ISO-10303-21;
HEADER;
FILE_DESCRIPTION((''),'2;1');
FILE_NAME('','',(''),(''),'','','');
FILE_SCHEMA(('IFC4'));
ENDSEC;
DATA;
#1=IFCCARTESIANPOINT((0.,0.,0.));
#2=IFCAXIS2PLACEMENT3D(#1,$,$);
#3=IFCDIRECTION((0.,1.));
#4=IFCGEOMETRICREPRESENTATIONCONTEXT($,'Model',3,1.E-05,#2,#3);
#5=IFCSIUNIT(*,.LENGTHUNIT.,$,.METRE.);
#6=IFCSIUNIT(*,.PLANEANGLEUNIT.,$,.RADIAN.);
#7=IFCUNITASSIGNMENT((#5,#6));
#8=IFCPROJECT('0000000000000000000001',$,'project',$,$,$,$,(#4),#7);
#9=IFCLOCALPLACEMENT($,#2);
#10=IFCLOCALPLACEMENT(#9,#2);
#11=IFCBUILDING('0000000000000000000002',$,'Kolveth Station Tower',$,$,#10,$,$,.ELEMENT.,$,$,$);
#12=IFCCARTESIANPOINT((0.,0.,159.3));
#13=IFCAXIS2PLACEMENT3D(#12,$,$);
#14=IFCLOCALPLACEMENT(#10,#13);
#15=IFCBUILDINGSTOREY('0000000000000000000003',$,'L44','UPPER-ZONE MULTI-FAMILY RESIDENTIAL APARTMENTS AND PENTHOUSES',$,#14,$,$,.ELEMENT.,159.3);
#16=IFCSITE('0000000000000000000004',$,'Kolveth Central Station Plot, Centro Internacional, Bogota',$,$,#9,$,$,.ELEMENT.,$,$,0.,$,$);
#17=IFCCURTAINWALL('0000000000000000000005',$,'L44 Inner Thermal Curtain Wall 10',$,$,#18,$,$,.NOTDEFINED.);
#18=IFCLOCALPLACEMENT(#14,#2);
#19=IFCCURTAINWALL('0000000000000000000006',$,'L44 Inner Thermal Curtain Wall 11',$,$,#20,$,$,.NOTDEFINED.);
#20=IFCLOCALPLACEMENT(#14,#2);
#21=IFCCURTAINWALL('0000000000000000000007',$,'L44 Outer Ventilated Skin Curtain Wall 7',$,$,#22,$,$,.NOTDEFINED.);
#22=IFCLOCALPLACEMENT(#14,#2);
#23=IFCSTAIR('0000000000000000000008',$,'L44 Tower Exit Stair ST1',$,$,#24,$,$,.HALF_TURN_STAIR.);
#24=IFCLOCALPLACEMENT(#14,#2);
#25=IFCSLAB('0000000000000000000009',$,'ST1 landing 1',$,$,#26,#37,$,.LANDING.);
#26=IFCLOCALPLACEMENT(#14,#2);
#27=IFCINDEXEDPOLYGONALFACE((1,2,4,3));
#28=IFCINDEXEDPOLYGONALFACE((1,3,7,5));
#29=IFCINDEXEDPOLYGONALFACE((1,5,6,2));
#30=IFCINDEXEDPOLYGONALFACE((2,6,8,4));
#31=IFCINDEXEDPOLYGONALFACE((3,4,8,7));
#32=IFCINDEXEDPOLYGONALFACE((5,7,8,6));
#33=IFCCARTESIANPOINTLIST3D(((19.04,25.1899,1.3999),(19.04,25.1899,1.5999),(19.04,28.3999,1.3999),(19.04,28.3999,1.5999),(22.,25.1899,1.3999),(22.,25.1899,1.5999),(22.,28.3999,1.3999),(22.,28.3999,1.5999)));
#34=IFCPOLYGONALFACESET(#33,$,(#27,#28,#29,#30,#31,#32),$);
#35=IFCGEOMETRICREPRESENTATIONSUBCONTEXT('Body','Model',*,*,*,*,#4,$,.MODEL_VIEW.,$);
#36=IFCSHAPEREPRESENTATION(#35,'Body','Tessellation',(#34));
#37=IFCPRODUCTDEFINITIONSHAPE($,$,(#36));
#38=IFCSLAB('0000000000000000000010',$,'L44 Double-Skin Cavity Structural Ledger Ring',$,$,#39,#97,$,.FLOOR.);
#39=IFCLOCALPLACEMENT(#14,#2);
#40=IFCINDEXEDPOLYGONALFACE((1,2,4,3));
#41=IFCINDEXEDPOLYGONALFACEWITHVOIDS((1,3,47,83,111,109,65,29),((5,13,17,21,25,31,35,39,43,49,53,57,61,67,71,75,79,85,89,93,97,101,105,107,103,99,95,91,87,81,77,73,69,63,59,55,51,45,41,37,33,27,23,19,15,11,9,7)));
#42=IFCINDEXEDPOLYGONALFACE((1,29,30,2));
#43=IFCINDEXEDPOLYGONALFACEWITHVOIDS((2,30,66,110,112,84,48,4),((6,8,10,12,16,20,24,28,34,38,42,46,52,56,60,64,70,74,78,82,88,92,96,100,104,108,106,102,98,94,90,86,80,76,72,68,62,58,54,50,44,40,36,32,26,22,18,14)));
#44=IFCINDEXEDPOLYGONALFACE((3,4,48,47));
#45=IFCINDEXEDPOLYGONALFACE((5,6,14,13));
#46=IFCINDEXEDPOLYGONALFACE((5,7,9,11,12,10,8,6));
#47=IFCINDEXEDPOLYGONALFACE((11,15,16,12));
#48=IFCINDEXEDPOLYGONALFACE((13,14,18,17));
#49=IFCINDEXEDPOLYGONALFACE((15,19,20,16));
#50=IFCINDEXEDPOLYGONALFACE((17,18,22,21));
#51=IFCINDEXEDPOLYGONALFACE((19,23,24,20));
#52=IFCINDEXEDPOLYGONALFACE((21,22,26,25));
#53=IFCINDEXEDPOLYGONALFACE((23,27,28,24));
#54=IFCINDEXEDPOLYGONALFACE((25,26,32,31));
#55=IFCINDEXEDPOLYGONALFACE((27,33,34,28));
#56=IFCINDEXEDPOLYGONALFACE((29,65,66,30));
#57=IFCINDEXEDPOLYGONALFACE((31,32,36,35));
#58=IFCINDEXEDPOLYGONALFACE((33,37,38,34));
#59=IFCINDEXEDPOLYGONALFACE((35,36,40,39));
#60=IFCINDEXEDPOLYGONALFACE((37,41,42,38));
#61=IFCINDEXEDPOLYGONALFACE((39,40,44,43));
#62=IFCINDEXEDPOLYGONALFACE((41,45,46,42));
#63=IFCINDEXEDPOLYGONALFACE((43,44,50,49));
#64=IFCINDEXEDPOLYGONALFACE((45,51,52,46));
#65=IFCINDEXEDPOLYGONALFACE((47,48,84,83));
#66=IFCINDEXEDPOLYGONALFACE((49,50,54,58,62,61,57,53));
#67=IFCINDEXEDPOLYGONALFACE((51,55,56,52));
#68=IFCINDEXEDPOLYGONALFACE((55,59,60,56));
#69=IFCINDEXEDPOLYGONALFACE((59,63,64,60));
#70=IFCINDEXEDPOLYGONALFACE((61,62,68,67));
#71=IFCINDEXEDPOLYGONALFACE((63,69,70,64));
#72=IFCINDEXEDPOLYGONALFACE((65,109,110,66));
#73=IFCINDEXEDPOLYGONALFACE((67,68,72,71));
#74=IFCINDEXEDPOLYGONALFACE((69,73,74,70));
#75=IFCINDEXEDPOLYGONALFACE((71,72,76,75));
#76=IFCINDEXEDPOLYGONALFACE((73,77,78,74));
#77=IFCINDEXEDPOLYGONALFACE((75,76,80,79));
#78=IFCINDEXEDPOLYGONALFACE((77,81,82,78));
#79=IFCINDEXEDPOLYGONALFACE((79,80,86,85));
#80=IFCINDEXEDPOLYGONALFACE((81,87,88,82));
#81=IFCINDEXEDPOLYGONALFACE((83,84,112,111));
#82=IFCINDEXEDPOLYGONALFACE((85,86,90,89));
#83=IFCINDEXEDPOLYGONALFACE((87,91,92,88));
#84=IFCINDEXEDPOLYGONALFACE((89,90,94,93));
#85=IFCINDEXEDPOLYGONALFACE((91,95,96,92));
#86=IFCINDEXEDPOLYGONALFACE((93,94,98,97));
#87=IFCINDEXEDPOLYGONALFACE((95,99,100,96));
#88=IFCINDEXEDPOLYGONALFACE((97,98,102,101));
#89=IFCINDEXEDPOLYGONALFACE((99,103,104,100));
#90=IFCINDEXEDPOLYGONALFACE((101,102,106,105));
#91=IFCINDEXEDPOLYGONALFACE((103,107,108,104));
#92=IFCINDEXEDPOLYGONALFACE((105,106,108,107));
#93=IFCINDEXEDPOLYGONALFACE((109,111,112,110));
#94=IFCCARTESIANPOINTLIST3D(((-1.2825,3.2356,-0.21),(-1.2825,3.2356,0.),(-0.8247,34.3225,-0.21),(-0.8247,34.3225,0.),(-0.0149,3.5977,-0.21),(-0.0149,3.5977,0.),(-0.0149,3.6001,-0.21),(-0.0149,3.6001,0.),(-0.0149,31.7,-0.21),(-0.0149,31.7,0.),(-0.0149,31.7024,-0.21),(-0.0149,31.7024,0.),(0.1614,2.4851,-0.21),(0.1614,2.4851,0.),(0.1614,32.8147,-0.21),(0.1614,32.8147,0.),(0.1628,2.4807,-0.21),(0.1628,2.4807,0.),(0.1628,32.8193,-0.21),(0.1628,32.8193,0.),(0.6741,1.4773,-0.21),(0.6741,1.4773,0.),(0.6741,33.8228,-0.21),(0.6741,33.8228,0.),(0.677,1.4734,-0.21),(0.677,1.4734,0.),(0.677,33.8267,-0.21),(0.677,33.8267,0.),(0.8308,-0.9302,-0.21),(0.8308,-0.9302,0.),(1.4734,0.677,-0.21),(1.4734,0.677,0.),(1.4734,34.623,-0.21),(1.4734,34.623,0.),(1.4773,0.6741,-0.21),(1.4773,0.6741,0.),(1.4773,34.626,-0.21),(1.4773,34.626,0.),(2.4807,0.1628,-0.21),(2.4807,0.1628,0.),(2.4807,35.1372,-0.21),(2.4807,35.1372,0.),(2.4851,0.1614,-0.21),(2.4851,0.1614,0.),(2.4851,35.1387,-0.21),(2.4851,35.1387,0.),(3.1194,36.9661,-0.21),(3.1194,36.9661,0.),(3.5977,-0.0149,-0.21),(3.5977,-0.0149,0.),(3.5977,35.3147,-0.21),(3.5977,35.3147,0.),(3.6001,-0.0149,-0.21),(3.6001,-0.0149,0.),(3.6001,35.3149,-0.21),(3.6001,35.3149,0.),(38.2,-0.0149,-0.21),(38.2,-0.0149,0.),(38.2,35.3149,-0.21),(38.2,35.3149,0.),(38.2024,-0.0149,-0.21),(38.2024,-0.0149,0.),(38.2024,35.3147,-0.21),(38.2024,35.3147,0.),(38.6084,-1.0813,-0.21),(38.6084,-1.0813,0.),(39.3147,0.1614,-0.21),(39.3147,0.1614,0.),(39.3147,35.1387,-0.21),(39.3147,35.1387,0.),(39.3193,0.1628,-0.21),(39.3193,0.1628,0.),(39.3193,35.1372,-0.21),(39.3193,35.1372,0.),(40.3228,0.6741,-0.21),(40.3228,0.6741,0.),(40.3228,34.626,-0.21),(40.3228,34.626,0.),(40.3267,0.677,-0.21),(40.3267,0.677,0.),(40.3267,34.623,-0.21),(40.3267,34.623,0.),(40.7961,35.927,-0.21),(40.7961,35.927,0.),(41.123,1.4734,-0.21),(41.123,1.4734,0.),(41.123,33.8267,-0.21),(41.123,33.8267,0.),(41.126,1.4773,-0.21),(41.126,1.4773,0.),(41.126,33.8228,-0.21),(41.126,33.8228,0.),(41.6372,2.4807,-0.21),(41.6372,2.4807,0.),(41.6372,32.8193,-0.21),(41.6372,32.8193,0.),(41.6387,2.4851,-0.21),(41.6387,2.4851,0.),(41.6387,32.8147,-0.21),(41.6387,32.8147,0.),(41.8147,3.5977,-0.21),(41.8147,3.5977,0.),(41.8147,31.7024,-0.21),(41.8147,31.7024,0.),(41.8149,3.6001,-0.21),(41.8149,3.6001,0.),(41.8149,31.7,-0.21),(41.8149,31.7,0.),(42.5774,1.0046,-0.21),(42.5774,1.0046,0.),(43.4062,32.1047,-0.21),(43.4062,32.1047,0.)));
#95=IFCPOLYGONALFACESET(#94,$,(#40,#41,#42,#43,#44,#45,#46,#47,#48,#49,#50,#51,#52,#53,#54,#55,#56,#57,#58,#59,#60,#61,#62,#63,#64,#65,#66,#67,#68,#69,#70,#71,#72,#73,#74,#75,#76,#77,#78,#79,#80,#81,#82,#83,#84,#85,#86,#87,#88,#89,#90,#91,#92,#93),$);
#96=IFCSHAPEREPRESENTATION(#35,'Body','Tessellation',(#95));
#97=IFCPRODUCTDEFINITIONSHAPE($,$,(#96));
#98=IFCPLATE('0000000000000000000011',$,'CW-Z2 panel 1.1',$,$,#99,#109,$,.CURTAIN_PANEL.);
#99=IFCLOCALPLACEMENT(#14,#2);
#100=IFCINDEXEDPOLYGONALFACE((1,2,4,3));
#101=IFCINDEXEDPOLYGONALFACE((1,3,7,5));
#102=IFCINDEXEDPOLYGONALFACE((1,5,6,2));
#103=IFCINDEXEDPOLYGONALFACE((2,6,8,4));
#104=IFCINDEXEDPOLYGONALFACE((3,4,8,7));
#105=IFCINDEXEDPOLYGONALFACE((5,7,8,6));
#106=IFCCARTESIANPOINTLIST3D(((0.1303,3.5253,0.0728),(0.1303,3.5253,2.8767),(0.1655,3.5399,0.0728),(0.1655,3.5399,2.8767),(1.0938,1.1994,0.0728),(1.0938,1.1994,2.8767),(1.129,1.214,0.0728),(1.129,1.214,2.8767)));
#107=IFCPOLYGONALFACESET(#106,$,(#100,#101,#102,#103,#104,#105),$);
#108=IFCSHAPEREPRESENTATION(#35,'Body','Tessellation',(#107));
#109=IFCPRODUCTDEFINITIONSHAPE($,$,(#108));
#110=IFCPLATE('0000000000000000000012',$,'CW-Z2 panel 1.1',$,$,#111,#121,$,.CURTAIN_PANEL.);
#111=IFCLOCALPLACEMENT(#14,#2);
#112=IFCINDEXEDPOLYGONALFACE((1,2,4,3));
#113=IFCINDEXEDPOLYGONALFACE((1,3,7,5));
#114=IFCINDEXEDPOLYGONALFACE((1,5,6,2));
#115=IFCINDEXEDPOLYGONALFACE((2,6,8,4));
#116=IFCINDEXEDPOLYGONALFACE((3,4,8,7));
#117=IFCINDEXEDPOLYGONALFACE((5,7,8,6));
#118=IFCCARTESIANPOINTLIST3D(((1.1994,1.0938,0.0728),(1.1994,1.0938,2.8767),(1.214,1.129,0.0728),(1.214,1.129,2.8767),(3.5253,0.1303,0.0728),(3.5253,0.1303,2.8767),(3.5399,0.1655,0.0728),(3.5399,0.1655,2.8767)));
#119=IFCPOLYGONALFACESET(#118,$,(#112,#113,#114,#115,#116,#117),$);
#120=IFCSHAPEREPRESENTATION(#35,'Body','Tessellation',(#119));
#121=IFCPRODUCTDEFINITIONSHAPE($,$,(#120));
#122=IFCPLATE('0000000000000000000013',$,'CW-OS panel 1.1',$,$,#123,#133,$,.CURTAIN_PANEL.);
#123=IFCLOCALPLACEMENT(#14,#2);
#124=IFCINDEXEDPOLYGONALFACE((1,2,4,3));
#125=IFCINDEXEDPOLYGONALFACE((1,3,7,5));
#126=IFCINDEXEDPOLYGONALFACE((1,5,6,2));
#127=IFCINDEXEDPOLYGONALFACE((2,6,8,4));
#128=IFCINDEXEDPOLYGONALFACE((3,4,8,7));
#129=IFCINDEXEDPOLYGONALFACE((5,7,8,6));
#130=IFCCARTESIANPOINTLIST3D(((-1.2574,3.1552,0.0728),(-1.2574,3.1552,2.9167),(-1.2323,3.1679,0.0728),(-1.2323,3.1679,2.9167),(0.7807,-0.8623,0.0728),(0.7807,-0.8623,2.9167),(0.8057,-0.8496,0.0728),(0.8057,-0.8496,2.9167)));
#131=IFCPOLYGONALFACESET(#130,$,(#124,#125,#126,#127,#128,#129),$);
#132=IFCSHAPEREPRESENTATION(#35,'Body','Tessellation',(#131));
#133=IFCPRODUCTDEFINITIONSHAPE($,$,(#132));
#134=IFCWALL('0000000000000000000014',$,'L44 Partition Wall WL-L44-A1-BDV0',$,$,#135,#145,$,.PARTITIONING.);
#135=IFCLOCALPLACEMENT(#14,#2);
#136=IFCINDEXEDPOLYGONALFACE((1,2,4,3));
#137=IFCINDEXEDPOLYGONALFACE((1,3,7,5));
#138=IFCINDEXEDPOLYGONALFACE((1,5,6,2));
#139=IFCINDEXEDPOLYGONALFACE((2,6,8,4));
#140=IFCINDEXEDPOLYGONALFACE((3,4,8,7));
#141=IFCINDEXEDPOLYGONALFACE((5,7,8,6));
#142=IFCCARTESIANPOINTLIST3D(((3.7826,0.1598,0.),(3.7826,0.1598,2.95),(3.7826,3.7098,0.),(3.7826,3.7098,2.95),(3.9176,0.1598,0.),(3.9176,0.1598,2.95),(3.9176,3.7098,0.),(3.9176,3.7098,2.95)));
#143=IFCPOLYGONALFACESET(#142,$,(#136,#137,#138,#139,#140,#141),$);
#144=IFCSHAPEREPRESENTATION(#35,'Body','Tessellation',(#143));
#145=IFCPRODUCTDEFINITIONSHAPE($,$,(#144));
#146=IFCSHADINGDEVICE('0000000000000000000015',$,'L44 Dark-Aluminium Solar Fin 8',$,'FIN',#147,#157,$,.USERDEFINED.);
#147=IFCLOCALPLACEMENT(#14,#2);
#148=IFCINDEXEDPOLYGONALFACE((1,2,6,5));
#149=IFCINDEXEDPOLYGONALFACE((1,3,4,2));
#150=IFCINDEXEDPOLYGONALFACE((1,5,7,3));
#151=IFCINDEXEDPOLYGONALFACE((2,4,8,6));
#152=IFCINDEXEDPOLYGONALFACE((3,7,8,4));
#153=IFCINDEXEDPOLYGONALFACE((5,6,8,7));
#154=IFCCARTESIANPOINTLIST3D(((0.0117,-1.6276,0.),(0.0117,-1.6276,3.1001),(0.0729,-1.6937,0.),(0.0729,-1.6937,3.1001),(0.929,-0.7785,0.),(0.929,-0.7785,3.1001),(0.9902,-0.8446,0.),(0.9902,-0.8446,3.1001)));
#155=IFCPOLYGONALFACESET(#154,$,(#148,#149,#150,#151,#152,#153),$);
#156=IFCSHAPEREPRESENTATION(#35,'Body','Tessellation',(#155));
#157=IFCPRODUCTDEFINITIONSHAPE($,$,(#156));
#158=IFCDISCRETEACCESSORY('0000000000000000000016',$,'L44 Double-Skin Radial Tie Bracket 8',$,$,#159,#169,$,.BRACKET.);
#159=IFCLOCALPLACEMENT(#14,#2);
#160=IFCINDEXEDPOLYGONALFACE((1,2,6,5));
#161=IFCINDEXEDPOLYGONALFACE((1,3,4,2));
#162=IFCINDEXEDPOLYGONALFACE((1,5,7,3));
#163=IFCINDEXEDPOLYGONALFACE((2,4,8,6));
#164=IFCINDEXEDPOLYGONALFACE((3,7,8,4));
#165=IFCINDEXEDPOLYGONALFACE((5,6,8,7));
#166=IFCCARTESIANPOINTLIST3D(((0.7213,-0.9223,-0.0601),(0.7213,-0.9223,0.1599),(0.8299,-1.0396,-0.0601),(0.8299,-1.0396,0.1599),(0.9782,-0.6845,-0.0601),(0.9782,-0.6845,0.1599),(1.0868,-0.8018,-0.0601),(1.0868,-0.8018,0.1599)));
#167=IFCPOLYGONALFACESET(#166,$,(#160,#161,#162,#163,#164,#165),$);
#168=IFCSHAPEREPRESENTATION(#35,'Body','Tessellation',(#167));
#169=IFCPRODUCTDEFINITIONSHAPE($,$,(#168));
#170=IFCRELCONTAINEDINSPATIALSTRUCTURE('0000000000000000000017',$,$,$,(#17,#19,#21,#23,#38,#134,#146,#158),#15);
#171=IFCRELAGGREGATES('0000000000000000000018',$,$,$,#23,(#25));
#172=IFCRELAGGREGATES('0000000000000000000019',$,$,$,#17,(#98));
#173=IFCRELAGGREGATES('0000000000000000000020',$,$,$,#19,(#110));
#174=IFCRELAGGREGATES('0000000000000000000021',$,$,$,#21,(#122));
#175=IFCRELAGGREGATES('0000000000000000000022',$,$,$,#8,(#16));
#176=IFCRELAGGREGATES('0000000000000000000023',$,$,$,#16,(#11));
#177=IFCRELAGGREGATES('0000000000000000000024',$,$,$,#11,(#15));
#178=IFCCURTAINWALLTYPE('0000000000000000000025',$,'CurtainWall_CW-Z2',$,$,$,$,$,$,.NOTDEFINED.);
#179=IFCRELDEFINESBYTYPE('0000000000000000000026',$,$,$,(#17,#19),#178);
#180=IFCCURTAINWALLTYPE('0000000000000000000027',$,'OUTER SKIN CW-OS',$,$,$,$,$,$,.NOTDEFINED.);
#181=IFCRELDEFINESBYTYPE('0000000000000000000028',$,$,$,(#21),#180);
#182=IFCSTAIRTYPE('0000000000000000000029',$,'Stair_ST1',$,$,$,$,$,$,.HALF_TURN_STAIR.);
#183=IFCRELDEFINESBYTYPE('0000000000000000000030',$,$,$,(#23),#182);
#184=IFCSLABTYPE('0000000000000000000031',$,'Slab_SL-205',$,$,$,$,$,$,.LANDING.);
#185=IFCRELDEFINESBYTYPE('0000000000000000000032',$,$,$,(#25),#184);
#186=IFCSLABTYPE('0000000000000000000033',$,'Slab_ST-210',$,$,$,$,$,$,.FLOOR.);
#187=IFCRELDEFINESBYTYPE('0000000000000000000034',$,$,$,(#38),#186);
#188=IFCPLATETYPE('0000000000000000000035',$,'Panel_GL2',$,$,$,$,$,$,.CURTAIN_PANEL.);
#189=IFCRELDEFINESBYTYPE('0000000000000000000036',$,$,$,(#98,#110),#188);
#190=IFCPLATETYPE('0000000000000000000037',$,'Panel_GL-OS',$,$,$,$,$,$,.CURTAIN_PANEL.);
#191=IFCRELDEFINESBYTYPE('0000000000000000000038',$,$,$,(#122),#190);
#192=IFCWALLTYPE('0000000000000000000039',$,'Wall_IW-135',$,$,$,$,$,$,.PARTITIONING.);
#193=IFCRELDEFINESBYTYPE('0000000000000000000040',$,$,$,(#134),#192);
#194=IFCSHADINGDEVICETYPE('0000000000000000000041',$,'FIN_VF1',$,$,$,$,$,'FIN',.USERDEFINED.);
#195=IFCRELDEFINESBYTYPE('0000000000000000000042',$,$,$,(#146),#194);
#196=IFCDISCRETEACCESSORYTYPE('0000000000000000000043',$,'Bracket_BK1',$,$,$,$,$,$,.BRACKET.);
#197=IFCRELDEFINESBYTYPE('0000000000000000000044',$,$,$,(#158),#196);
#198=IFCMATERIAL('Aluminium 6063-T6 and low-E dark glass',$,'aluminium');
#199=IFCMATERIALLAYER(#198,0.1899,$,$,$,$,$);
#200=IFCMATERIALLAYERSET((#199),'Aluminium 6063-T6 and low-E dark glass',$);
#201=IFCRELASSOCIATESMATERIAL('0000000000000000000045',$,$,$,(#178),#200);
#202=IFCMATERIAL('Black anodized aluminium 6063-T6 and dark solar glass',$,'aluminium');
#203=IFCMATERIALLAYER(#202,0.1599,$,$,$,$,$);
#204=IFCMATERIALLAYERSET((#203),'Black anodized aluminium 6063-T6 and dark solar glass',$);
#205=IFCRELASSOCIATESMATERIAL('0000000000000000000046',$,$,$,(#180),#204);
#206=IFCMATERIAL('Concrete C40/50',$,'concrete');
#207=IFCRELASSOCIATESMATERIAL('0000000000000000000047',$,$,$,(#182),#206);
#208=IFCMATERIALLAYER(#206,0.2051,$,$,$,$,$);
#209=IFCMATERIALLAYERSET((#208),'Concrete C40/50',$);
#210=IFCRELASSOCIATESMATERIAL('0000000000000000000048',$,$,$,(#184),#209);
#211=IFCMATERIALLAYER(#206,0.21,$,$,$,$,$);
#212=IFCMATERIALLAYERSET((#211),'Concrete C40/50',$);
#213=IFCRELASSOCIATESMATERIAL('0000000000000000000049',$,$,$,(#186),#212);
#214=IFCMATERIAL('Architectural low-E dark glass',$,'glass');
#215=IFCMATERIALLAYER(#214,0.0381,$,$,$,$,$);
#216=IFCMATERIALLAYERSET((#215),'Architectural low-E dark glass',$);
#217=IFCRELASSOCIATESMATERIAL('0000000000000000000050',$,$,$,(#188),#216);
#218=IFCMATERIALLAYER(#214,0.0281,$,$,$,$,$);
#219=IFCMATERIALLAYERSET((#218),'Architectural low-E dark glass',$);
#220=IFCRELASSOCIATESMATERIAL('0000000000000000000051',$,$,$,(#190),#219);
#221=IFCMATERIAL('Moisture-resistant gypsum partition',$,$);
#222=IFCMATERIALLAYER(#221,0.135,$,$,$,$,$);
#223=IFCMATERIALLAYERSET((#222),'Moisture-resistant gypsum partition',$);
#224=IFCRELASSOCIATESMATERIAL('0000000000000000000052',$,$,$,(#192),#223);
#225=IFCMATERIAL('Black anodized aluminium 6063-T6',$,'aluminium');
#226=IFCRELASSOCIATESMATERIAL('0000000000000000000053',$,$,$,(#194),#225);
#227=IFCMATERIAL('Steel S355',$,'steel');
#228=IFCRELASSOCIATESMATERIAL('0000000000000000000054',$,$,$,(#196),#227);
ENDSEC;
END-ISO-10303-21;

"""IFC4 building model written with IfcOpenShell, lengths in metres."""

from ifc_helpers import new_model, si_unit, direction, frame, frame_2d, origin, origin_2d, place, context, subcontext, project, spatial, polyline, rectangle, outline, extrude, source, transform, mapped, material, layer, layer_set, type_object, element, aggregate, save


model = new_model("IFC4")

# Units and contexts
model_context = context("Model", 3, precision=1e-05, world=origin(), true_north=direction((0.0, 1.0)))
body_context = subcontext(model_context, "Body", "Model", "MODEL_VIEW")
ifc_project = project(units=[si_unit("LENGTHUNIT", "METRE"), si_unit("PLANEANGLEUNIT", "RADIAN")], contexts=[model_context])

# Site, building, storey
site_placement = place(None, origin())
site = spatial("IfcSite", under=ifc_project, at=site_placement, Name="Kolveth Central Station Plot, Centro Internacional, Bogota", CompositionType="ELEMENT", RefElevation=0.0)
building_placement = place(site_placement, origin())
building = spatial("IfcBuilding", under=site, at=building_placement, Name="Kolveth Station Tower", CompositionType="ELEMENT")
storey_placement = place(building_placement, frame((0.0, 0.0, 159.3)))
storey = spatial("IfcBuildingStorey", under=building, at=storey_placement, Name="L44", Description="UPPER-ZONE MULTI-FAMILY RESIDENTIAL APARTMENTS AND PENTHOUSES", CompositionType="ELEMENT", Elevation=159.3)

# Shared definitions
ifc_material_1 = material(Name="Steel S355", Category="steel")

# Curtain wall
ifc_material_2 = material(Name="Aluminium 6063-T6 and low-E dark glass", Category="aluminium")
ifc_layer_1 = layer(ifc_material_2, 0.1899)
ifc_layer_set_1 = layer_set([ifc_layer_1], Name="Aluminium 6063-T6 and low-E dark glass")
curtain_wall_type_1 = type_object("IfcCurtainWallType", Name="CurtainWall_CW-Z2", PredefinedType="NOTDEFINED", material=ifc_layer_set_1)
curtain_wall_1_placement = place(storey_placement, origin())
curtain_wall_1 = element("IfcCurtainWall", 1, at=curtain_wall_1_placement, inside=storey, type_object=curtain_wall_type_1, Name="L44 Inner Thermal Curtain Wall 10", PredefinedType="NOTDEFINED")
ifc_material_3 = material(Name="Black anodized aluminium 6063-T6", Category="aluminium")

# Curtain wall
curtain_wall_2_placement = place(storey_placement, origin())
curtain_wall_2 = element("IfcCurtainWall", 2, at=curtain_wall_2_placement, inside=storey, type_object=curtain_wall_type_1, Name="L44 Inner Thermal Curtain Wall 11", PredefinedType="NOTDEFINED")

# Curtain wall
ifc_material_4 = material(Name="Black anodized aluminium 6063-T6 and dark solar glass", Category="aluminium")
ifc_layer_2 = layer(ifc_material_4, 0.1599)
ifc_layer_set_2 = layer_set([ifc_layer_2], Name="Black anodized aluminium 6063-T6 and dark solar glass")
curtain_wall_type_2 = type_object("IfcCurtainWallType", Name="OUTER SKIN CW-OS", PredefinedType="NOTDEFINED", material=ifc_layer_set_2)
curtain_wall_3_placement = place(storey_placement, origin())
curtain_wall_3 = element("IfcCurtainWall", 3, at=curtain_wall_3_placement, inside=storey, type_object=curtain_wall_type_2, Name="L44 Outer Ventilated Skin Curtain Wall 7", PredefinedType="NOTDEFINED")

# Shared definitions
ifc_material_5 = material(Name="Concrete C40/50", Category="concrete")

# Stair, slab
stair_type_1 = type_object("IfcStairType", Name="Stair_ST1", PredefinedType="HALF_TURN_STAIR", material=ifc_material_5)
stair_1_placement = place(storey_placement, origin())
stair_1 = element("IfcStair", 4, at=stair_1_placement, inside=storey, type_object=stair_type_1, Name="L44 Tower Exit Stair ST1", PredefinedType="HALF_TURN_STAIR")
ifc_layer_3 = layer(ifc_material_5, 0.2051)
ifc_layer_set_3 = layer_set([ifc_layer_3], Name="Concrete C40/50")
slab_type_1 = type_object("IfcSlabType", Name="Slab_SL-205", PredefinedType="LANDING", material=ifc_layer_set_3)
slab_1_placement = place(storey_placement, frame((0.0, 0.0, 1.3999)))
slab_1 = element("IfcSlab", 5, at=slab_1_placement, type_object=slab_type_1, Name="ST1 landing 1", PredefinedType="LANDING", context=body_context, shape_type="SweptSolid", body=[
    extrude(outline(polyline([(22.0, 25.1899), (22.0, 28.3999), (19.04, 28.3999), (19.04, 25.1899), (22.0, 25.1899)])), origin(), (0.0, 0.0, 1.0), 0.2),
])
aggregate(stair_1, [slab_1])

# Slab
ifc_layer_4 = layer(ifc_material_5, 0.21)
ifc_layer_set_4 = layer_set([ifc_layer_4], Name="Concrete C40/50")
slab_type_2 = type_object("IfcSlabType", Name="Slab_ST-210", PredefinedType="FLOOR", material=ifc_layer_set_4)
slab_2_placement = place(storey_placement, frame((0.0, 0.0, -0.21)))
element("IfcSlab", 6, at=slab_2_placement, inside=storey, type_object=slab_type_2, Name="L44 Double-Skin Cavity Structural Ledger Ring", PredefinedType="FLOOR", context=body_context, shape_type="SweptSolid", body=[
    extrude(outline(polyline([(0.8308, -0.9302), (-1.2825, 3.2356), (-0.8247, 34.3225), (3.1194, 36.9661), (40.7961, 35.927), (43.4062, 32.1047), (42.5774, 1.0046), (38.6084, -1.0813), (0.8308, -0.9302)]), holes=[polyline([(38.2024, -0.0149), (39.3147, 0.1614), (39.3193, 0.1628), (40.3228, 0.6741), (40.3267, 0.677), (41.123, 1.4734), (41.126, 1.4773), (41.6372, 2.4807), (41.6387, 2.4851), (41.8147, 3.5977), (41.8149, 3.6001), (41.8149, 31.7), (41.8147, 31.7024), (41.6387, 32.8147), (41.6372, 32.8193), (41.126, 33.8228), (41.123, 33.8267), (40.3267, 34.623), (40.3228, 34.626), (39.3193, 35.1372), (39.3147, 35.1387), (38.2024, 35.3147), (38.2, 35.3149), (3.6001, 35.3149), (3.5977, 35.3147), (2.4851, 35.1387), (2.4807, 35.1372), (1.4773, 34.626), (1.4734, 34.623), (0.677, 33.8267), (0.6741, 33.8228), (0.1628, 32.8193), (0.1614, 32.8147), (-0.0149, 31.7024), (-0.0149, 31.7), (-0.0149, 3.6001), (-0.0149, 3.5977), (0.1614, 2.4851), (0.1628, 2.4807), (0.6741, 1.4773), (0.677, 1.4734), (1.4734, 0.677), (1.4773, 0.6741), (2.4807, 0.1628), (2.4851, 0.1614), (3.5977, -0.0149), (3.6001, -0.0149), (38.2, -0.0149), (38.2024, -0.0149)])]), origin(), (0.0, 0.0, 1.0), 0.21),
])

# Plates
ifc_material_6 = material(Name="Architectural low-E dark glass", Category="glass")
ifc_layer_5 = layer(ifc_material_6, 0.0381)
ifc_layer_set_5 = layer_set([ifc_layer_5], Name="Architectural low-E dark glass")
plate_type_1 = type_object("IfcPlateType", Name="Panel_GL2", PredefinedType="CURTAIN_PANEL", material=ifc_layer_set_5)
shared_shape_1 = source(origin(), body_context, "Body", "SweptSolid", [
    extrude(rectangle(XDim=2.5176, YDim=0.0381, at=origin_2d()), origin(), (0.0, 0.0, 1.0), 2.804),
])
plate_1_placement = place(storey_placement, frame((0.6296, 2.3696, 0.0728), z_axis=(0.0, 0.0, 1.0), x_axis=(0.382698, -0.923874, 0.0)))
plate_1 = element("IfcPlate", 7, at=plate_1_placement, type_object=plate_type_1, Name="CW-Z2 panel 1.1", PredefinedType="CURTAIN_PANEL", context=body_context, shape_type="MappedRepresentation", body=[
    mapped(shared_shape_1, transform((0.0, 0.0, 0.0), x_axis=(1.0, 0.0, 0.0), y_axis=(0.0, 1.0, 0.0), z_axis=(0.0, 0.0, 1.0), scale=1.0)),
])
aggregate(curtain_wall_1, [plate_1])
plate_2_placement = place(storey_placement, frame((2.3696, 0.6296, 0.0728), z_axis=(0.0, 0.0, 1.0), x_axis=(0.923874, -0.382698, 0.0)))
plate_2 = element("IfcPlate", 8, at=plate_2_placement, type_object=plate_type_1, Name="CW-Z2 panel 1.1", PredefinedType="CURTAIN_PANEL", context=body_context, shape_type="MappedRepresentation", body=[
    mapped(shared_shape_1, transform((0.0, 0.0, 0.0), x_axis=(1.0, 0.0, 0.0), y_axis=(0.0, 1.0, 0.0), z_axis=(0.0, 0.0, 1.0), scale=1.0)),
])
aggregate(curtain_wall_2, [plate_2])
ifc_layer_6 = layer(ifc_material_6, 0.0281)
ifc_layer_set_6 = layer_set([ifc_layer_6], Name="Architectural low-E dark glass")
plate_type_2 = type_object("IfcPlateType", Name="Panel_GL-OS", PredefinedType="CURTAIN_PANEL", material=ifc_layer_set_6)
shared_shape_2 = source(origin(), body_context, "Body", "SweptSolid", [
    extrude(rectangle(XDim=4.5049, YDim=0.0281, at=origin_2d()), origin(), (0.0, 0.0, 1.0), 2.844),
])
plate_3_placement = place(storey_placement, frame((-0.2258, 1.1528, 0.0728), z_axis=(0.0, 0.0, 1.0), x_axis=(0.452404, -0.891813, 0.0)))
plate_3 = element("IfcPlate", 9, at=plate_3_placement, type_object=plate_type_2, Name="CW-OS panel 1.1", PredefinedType="CURTAIN_PANEL", context=body_context, shape_type="MappedRepresentation", body=[
    mapped(shared_shape_2, transform((0.0, 0.0, 0.0), x_axis=(1.0, 0.0, 0.0), y_axis=(0.0, 1.0, 0.0), z_axis=(0.0, 0.0, 1.0), scale=1.0)),
])
aggregate(curtain_wall_3, [plate_3])

# Wall
ifc_material_7 = material(Name="Moisture-resistant gypsum partition")
ifc_layer_7 = layer(ifc_material_7, 0.135)
ifc_layer_set_7 = layer_set([ifc_layer_7], Name="Moisture-resistant gypsum partition")
wall_type = type_object("IfcWallType", Name="Wall_IW-135", PredefinedType="PARTITIONING", material=ifc_layer_set_7)
wall_placement = place(storey_placement, frame((3.8501, 0.1599, 0.0), z_axis=(0.0, 0.0, 1.0), x_axis=(0.0, 1.0, 0.0)))
element("IfcWall", 10, at=wall_placement, inside=storey, type_object=wall_type, Name="L44 Partition Wall WL-L44-A1-BDV0", PredefinedType="PARTITIONING", context=body_context, shape_type="SweptSolid", body=[
    extrude(rectangle(XDim=3.55, YDim=0.135, at=frame_2d((1.7749, 0.0))), origin(), (0.0, 0.0, 1.0), 2.95),
])

# Shading device
shading_device_type = type_object("IfcShadingDeviceType", Name="FIN_VF1", ElementType="FIN", PredefinedType="USERDEFINED", material=ifc_material_3)
shared_shape_3 = source(origin(), body_context, "Body", "SweptSolid", [
    extrude(rectangle(XDim=1.25, YDim=0.0901, at=origin_2d()), origin(), (0.0, 0.0, 1.0), 3.1001),
])
shading_device_placement = place(storey_placement, frame((0.501, -1.2361, 0.0), z_axis=(0.0, 0.0, 1.0), x_axis=(-0.733848, -0.679313, 0.0)))
element("IfcShadingDevice", 11, at=shading_device_placement, inside=storey, type_object=shading_device_type, Name="L44 Dark-Aluminium Solar Fin 8", ObjectType="FIN", PredefinedType="USERDEFINED", context=body_context, shape_type="MappedRepresentation", body=[
    mapped(shared_shape_3, transform((0.0, 0.0, 0.0), x_axis=(1.0, 0.0, 0.0), y_axis=(0.0, 1.0, 0.0), z_axis=(0.0, 0.0, 1.0), scale=1.0)),
])

# Discrete accessory
discrete_accessory_type = type_object("IfcDiscreteAccessoryType", Name="Bracket_BK1", PredefinedType="BRACKET", material=ifc_material_1)
shared_shape_4 = source(origin(), body_context, "Body", "SweptSolid", [
    extrude(rectangle(XDim=0.3501, YDim=0.1599, at=origin_2d()), origin(), (0.0, 0.0, 1.0), 0.22),
])
discrete_accessory_placement = place(storey_placement, frame((0.9041, -0.8621, -0.0601), z_axis=(0.0, 0.0, 1.0), x_axis=(-0.733848, -0.679313, 0.0)))
element("IfcDiscreteAccessory", 12, at=discrete_accessory_placement, inside=storey, type_object=discrete_accessory_type, Name="L44 Double-Skin Radial Tie Bracket 8", PredefinedType="BRACKET", context=body_context, shape_type="MappedRepresentation", body=[
    mapped(shared_shape_4, transform((0.0, 0.0, 0.0), x_axis=(1.0, 0.0, 0.0), y_axis=(0.0, 1.0, 0.0), z_axis=(0.0, 0.0, 1.0), scale=1.0)),
])

save(model, "model.ifc")
